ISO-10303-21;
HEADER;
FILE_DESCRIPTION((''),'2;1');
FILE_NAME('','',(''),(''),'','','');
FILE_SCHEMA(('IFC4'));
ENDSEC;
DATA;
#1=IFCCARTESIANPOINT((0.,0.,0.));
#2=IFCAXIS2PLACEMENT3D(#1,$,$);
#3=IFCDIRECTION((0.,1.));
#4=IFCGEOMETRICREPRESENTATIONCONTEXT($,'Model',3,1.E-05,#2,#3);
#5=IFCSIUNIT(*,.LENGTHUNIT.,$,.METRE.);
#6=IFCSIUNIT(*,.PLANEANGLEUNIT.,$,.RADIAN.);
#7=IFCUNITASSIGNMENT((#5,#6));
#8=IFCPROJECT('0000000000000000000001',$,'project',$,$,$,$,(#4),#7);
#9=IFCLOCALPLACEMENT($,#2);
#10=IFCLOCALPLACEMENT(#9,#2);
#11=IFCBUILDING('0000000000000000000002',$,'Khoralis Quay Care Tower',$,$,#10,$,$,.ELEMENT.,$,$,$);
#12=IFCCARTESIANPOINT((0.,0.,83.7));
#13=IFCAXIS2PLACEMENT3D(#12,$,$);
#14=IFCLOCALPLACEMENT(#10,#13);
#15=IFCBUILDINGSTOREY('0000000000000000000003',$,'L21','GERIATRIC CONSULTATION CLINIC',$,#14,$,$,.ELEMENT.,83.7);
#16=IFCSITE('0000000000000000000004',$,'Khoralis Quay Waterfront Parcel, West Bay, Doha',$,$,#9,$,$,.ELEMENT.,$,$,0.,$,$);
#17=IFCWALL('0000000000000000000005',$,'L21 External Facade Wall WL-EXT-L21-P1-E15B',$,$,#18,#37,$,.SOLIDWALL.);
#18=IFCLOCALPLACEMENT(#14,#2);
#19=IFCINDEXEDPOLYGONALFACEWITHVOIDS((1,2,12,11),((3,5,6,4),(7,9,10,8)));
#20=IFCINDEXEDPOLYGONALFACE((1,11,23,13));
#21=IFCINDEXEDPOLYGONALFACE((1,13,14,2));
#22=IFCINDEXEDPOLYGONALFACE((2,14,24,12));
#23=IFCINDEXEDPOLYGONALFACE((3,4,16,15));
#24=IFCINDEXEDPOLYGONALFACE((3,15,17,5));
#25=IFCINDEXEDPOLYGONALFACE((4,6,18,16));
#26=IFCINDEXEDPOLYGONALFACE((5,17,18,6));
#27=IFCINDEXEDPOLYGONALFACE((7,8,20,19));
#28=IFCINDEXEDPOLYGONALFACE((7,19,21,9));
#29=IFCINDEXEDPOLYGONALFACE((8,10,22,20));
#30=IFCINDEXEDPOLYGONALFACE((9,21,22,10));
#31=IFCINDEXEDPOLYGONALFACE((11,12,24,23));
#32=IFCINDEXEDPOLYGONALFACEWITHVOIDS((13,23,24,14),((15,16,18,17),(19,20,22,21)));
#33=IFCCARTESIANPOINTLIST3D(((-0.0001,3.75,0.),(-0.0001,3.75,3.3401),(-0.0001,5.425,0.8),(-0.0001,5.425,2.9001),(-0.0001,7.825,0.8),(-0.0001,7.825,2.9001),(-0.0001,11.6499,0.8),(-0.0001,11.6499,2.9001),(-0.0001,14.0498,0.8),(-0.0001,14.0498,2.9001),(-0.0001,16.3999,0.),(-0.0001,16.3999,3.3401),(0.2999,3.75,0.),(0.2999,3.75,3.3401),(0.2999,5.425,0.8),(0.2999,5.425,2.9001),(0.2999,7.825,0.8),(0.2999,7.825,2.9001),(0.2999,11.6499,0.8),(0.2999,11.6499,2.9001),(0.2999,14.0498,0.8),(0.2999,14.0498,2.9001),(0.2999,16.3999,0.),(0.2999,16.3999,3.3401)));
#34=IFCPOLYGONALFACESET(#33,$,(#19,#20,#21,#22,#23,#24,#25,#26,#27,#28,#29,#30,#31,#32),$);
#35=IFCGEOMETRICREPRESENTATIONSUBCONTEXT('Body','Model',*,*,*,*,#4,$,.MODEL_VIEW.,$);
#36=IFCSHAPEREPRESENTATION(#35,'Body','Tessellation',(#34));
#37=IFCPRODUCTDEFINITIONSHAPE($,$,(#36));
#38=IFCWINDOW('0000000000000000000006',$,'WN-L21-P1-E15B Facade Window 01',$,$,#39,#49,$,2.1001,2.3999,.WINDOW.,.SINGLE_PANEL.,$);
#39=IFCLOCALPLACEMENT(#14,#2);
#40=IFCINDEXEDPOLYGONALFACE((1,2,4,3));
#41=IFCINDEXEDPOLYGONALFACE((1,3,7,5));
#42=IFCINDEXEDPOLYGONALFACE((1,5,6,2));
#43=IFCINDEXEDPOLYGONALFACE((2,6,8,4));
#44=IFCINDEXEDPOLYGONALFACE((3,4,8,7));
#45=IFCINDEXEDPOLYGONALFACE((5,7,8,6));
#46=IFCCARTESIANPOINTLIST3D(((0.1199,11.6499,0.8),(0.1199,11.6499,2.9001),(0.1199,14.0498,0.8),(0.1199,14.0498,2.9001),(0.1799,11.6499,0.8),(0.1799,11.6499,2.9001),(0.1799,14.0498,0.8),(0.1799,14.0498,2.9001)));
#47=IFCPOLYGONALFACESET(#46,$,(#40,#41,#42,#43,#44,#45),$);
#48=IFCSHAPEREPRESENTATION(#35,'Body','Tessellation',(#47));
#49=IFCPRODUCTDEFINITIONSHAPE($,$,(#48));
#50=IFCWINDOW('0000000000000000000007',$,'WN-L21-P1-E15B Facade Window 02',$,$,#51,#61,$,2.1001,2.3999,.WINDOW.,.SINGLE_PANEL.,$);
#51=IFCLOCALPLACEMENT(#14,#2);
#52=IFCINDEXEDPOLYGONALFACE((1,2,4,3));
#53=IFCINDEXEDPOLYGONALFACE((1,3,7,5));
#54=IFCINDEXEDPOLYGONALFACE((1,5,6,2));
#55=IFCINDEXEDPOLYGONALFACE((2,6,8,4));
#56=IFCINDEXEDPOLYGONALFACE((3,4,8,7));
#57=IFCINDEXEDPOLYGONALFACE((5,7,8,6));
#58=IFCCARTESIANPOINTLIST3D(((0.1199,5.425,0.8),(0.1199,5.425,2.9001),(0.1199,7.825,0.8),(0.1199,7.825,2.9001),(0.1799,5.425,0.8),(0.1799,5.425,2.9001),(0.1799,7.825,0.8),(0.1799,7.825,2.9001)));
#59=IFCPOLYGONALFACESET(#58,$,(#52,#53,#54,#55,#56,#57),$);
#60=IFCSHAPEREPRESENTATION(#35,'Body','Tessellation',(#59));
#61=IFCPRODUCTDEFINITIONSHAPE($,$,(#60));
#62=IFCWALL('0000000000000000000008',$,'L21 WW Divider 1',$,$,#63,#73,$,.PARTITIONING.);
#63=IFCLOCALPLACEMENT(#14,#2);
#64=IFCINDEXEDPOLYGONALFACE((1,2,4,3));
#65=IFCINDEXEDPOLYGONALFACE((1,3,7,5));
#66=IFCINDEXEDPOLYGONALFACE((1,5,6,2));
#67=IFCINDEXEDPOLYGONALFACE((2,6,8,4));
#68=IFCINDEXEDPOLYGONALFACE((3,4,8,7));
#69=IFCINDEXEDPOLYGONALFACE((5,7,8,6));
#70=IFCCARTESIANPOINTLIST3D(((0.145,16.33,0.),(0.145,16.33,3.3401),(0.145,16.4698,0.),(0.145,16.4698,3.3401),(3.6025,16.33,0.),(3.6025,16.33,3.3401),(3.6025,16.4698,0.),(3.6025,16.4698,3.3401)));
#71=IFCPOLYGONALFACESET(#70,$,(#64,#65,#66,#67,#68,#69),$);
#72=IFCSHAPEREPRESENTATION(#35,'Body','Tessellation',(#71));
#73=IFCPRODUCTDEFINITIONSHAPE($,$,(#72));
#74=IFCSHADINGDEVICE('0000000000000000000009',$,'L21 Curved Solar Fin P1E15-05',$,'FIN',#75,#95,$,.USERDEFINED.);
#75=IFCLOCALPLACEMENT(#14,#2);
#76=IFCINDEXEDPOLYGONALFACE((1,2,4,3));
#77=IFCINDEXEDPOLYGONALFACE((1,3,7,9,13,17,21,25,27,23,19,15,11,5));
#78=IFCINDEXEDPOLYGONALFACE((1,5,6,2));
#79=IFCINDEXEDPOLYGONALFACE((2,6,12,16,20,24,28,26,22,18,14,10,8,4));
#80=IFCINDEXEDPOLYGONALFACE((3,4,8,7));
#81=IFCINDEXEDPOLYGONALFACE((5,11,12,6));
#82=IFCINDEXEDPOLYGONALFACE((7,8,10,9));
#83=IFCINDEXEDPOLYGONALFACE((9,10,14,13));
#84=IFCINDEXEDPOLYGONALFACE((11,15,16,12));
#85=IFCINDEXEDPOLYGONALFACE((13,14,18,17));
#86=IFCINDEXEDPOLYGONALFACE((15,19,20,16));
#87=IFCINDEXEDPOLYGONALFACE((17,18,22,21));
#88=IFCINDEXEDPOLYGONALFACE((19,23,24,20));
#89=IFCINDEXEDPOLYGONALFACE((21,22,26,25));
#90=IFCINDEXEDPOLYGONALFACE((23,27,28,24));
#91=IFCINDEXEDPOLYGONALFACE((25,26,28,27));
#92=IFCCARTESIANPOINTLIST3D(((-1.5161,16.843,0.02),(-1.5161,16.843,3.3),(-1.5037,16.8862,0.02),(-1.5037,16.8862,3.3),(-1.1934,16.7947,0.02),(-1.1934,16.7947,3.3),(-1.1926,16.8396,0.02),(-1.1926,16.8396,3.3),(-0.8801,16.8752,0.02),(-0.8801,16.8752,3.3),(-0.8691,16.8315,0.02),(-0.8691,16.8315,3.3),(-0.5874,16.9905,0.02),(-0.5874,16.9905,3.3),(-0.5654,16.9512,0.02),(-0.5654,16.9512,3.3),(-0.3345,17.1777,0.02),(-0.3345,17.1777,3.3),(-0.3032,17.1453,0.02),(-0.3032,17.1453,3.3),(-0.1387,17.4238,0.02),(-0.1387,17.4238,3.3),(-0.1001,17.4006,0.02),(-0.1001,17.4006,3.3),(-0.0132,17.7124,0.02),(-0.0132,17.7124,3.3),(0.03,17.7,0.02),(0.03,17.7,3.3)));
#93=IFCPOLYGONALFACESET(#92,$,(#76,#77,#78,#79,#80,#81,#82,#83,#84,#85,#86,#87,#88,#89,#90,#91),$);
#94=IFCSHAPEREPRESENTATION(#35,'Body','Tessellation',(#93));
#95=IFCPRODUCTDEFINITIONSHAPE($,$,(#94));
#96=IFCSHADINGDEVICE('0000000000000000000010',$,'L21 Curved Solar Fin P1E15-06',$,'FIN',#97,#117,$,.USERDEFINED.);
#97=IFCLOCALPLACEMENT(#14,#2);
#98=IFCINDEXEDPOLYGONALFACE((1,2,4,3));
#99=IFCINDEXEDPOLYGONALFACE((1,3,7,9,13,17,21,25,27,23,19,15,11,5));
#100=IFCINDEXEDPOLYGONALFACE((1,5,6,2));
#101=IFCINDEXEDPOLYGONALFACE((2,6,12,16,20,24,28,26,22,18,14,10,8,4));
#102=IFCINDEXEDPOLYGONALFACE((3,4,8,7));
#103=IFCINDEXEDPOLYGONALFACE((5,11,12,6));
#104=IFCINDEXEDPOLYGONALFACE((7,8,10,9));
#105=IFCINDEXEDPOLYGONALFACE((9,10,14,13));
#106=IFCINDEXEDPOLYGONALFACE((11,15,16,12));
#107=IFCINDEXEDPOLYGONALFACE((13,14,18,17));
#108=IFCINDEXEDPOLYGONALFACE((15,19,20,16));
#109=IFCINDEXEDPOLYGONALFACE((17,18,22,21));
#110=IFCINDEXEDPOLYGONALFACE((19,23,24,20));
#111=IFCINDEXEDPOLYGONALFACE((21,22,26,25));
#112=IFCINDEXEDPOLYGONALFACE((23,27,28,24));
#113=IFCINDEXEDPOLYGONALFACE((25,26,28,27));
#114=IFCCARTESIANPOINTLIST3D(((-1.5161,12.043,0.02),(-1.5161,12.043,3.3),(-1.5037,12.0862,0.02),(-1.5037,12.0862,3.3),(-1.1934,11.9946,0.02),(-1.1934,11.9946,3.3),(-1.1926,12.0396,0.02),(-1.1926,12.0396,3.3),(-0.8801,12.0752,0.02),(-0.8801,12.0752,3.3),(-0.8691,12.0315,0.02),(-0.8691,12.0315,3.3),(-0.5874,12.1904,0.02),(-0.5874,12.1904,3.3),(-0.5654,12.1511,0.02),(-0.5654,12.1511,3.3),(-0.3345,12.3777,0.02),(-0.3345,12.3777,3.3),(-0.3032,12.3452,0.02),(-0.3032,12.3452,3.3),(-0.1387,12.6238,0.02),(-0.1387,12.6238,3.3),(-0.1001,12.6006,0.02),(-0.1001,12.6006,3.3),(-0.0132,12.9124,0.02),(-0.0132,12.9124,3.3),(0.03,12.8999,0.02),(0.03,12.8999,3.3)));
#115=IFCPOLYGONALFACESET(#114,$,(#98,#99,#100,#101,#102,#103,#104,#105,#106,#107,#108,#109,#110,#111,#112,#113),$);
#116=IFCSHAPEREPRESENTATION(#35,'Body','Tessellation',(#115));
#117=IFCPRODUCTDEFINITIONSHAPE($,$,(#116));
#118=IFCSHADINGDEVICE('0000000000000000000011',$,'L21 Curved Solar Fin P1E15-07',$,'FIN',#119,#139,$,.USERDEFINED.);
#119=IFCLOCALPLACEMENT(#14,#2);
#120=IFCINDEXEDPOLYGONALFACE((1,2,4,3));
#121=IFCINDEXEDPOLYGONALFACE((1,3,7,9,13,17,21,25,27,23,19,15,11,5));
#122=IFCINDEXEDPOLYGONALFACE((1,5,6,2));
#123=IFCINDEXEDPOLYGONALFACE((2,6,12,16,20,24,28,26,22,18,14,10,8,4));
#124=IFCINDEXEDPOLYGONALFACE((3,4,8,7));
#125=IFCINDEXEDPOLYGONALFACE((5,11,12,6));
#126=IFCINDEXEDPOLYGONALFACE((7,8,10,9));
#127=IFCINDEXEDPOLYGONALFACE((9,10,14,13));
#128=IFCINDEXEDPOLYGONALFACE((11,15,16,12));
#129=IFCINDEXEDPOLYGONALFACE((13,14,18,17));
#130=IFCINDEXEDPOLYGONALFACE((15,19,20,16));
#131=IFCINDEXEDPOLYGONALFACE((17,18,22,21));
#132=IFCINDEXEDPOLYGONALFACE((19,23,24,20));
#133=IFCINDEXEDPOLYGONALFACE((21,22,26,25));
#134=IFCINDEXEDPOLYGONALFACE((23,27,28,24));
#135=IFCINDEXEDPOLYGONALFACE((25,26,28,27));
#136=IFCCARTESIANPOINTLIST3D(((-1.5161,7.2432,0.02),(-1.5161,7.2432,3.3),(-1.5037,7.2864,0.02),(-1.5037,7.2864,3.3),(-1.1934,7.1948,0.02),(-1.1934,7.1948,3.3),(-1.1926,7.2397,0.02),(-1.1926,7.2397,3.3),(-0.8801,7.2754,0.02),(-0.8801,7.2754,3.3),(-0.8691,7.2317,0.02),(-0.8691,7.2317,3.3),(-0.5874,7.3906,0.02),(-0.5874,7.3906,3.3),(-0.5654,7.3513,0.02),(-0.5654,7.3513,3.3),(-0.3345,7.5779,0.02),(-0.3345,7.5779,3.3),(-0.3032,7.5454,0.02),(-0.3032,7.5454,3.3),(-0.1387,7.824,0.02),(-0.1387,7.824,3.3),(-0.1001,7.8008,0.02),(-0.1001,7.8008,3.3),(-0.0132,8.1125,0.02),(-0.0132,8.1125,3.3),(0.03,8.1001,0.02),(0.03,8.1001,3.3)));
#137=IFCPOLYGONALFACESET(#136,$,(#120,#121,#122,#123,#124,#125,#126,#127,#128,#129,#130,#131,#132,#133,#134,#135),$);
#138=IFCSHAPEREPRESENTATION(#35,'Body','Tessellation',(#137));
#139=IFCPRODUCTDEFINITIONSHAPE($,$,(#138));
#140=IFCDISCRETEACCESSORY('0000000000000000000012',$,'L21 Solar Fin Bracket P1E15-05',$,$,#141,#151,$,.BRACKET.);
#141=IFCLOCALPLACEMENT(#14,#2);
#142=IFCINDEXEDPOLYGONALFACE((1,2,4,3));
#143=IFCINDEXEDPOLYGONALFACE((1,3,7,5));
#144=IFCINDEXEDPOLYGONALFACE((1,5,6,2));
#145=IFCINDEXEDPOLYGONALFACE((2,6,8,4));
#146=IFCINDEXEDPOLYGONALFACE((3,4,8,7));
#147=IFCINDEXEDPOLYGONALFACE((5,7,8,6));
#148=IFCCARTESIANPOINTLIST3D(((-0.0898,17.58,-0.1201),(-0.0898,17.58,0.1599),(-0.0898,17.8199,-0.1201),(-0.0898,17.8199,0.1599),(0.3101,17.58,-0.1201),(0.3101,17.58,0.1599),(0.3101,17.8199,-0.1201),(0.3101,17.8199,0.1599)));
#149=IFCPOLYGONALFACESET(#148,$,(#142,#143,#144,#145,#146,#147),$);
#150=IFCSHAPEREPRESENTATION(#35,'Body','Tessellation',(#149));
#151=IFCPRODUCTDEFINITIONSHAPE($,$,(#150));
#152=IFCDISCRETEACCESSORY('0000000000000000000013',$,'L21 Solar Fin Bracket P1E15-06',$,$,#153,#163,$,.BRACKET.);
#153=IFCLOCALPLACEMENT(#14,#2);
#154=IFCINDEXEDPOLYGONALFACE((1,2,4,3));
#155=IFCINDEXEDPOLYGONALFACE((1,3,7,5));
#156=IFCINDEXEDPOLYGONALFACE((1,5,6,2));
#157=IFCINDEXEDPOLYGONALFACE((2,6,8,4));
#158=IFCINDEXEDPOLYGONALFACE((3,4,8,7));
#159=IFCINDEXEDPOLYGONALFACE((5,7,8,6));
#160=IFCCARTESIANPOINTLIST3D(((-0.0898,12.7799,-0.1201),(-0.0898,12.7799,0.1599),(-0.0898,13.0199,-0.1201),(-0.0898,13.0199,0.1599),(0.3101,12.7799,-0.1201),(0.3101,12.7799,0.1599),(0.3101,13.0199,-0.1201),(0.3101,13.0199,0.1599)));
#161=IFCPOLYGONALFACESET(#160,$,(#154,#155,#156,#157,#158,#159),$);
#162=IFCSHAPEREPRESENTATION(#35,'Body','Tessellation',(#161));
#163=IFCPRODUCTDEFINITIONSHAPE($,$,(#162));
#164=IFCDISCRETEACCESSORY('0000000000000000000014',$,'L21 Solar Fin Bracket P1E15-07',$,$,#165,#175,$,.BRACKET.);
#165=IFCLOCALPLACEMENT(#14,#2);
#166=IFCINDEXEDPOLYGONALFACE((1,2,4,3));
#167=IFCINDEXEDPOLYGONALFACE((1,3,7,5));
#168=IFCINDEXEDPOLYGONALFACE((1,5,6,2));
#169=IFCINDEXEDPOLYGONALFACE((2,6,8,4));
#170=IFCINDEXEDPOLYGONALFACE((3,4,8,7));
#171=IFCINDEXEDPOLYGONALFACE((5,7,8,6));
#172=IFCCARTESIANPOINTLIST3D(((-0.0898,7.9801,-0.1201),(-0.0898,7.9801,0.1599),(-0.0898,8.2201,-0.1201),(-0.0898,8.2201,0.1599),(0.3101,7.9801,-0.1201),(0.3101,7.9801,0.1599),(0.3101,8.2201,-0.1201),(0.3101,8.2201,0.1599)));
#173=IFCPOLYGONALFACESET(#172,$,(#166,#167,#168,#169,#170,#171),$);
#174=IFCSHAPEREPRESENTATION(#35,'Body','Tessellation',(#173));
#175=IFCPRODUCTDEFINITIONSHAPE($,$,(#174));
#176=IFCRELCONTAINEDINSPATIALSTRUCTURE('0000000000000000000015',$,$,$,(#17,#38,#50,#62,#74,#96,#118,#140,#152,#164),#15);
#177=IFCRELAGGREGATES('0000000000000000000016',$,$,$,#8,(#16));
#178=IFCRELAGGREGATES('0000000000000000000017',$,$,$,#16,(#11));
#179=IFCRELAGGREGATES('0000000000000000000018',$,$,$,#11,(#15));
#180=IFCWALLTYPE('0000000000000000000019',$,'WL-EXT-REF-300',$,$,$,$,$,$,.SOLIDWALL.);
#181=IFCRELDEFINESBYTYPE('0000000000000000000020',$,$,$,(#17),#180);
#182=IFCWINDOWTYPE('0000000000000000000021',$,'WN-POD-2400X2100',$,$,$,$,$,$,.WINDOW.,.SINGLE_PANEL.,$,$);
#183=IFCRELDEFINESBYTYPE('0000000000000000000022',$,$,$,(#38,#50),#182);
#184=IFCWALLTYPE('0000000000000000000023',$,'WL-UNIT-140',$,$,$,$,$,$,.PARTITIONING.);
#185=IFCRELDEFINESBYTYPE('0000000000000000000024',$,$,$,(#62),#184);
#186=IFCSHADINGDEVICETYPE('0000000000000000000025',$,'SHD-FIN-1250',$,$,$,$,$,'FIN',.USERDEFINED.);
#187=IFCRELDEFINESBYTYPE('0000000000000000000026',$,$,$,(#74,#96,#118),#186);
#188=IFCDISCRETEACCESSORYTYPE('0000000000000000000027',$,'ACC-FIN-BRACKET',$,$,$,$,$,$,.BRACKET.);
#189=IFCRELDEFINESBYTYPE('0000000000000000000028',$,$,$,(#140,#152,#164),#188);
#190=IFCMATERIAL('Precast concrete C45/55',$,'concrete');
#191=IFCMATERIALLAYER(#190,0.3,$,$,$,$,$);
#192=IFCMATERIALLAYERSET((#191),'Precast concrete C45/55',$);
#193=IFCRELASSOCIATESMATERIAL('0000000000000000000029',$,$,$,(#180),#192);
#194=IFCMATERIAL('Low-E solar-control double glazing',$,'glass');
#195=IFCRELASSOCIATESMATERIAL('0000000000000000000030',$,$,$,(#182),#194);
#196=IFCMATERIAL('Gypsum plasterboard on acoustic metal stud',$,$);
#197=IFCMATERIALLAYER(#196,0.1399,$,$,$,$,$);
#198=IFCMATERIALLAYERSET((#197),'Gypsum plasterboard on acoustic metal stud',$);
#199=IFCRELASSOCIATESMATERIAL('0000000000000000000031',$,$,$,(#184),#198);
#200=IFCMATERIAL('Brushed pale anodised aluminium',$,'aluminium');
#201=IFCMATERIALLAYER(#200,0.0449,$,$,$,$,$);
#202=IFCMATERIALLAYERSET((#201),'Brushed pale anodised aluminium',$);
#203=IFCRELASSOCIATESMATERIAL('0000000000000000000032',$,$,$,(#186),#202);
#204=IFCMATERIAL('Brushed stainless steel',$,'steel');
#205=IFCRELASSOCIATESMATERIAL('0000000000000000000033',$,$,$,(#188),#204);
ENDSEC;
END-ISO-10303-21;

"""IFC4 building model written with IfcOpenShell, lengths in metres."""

from ifc_helpers import new_model, si_unit, direction, frame, frame_2d, origin, origin_2d, place, context, subcontext, project, spatial, polyline, rectangle, outline, extrude, source, transform, mapped, material, layer, layer_set, type_object, element, fill, save


model = new_model("IFC4")

# Units and contexts
model_context = context("Model", 3, precision=1e-05, world=origin(), true_north=direction((0.0, 1.0)))
body_context = subcontext(model_context, "Body", "Model", "MODEL_VIEW")
ifc_project = project(units=[si_unit("LENGTHUNIT", "METRE"), si_unit("PLANEANGLEUNIT", "RADIAN")], contexts=[model_context])

# Site, building, storey
site_placement = place(None, origin())
site = spatial("IfcSite", under=ifc_project, at=site_placement, Name="Khoralis Quay Waterfront Parcel, West Bay, Doha", CompositionType="ELEMENT", RefElevation=0.0)
building_placement = place(site_placement, origin())
building = spatial("IfcBuilding", under=site, at=building_placement, Name="Khoralis Quay Care Tower", CompositionType="ELEMENT")
storey_placement = place(building_placement, frame((0.0, 0.0, 83.7)))
storey = spatial("IfcBuildingStorey", under=building, at=storey_placement, Name="L21", Description="GERIATRIC CONSULTATION CLINIC", CompositionType="ELEMENT", Elevation=83.7)

# Shared definitions
ifc_material_1 = material(Name="Low-E solar-control double glazing", Category="glass")

# Shared definitions
ifc_material_2 = material(Name="Gypsum plasterboard on acoustic metal stud")

# Wall, openings, windows
ifc_material_3 = material(Name="Precast concrete C45/55", Category="concrete")
ifc_layer_1 = layer(ifc_material_3, 0.3)
ifc_layer_set_1 = layer_set([ifc_layer_1], Name="Precast concrete C45/55")
wall_type_1 = type_object("IfcWallType", Name="WL-EXT-REF-300", PredefinedType="SOLIDWALL", material=ifc_layer_set_1)
wall_1_placement = place(storey_placement, frame((0.1499, 16.3999, 0.0), z_axis=(0.0, 0.0, 1.0), x_axis=(0.0, -1.0, 0.0)))
wall_1 = element("IfcWall", 1, at=wall_1_placement, inside=storey, type_object=wall_type_1, Name="L21 External Facade Wall WL-EXT-L21-P1-E15B", PredefinedType="SOLIDWALL", context=body_context, shape_type="SweptSolid", body=[
    extrude(rectangle(XDim=12.6499, YDim=0.3, at=frame_2d((6.325, 0.0))), origin(), (0.0, 0.0, 1.0), 3.3401),
])
opening_1_placement = place(wall_1_placement, frame((2.3501, 0.0, 0.8)))
opening_1 = element("IfcOpeningElement", 2, at=opening_1_placement, cuts=wall_1, PredefinedType="OPENING", context=body_context, shape_type="SweptSolid", body=[
    extrude(rectangle(XDim=2.3999, YDim=2.1001, at=frame_2d((1.2, 1.05))), frame((0.0, 0.1602, 0.0), z_axis=(0.0, -1.0, 0.0), x_axis=(1.0, 0.0, 0.0)), (0.0, 0.0, 1.0), 0.3201),
])
opening_2_placement = place(wall_1_placement, frame((8.575, 0.0, 0.8)))
opening_2 = element("IfcOpeningElement", 3, at=opening_2_placement, cuts=wall_1, PredefinedType="OPENING", context=body_context, shape_type="SweptSolid", body=[
    extrude(rectangle(XDim=2.3999, YDim=2.1001, at=frame_2d((1.2, 1.05))), frame((0.0, 0.1602, 0.0), z_axis=(0.0, -1.0, 0.0), x_axis=(1.0, 0.0, 0.0)), (0.0, 0.0, 1.0), 0.3201),
])
window_type = type_object("IfcWindowType", Name="WN-POD-2400X2100", PartitioningType="SINGLE_PANEL", PredefinedType="WINDOW", material=ifc_material_1)
shared_shape_1 = source(origin(), body_context, "Body", "SweptSolid", [
    extrude(rectangle(XDim=2.3999, YDim=2.1001, at=frame_2d((1.2, 1.05))), frame((0.0, 0.03, 0.0), z_axis=(0.0, -1.0, 0.0), x_axis=(1.0, 0.0, 0.0)), (0.0, 0.0, 1.0), 0.0601),
])
window_1_placement = place(opening_1_placement, origin())
window_1 = element("IfcWindow", 4, at=window_1_placement, inside=storey, type_object=window_type, Name="WN-L21-P1-E15B Facade Window 01", OverallHeight=2.1001, OverallWidth=2.3999, PartitioningType="SINGLE_PANEL", PredefinedType="WINDOW", context=body_context, shape_type="MappedRepresentation", body=[
    mapped(shared_shape_1, transform((0.0, 0.0, 0.0), scale=1.0)),
])
fill(opening_1, window_1)
window_2_placement = place(opening_2_placement, origin())
window_2 = element("IfcWindow", 5, at=window_2_placement, inside=storey, type_object=window_type, Name="WN-L21-P1-E15B Facade Window 02", OverallHeight=2.1001, OverallWidth=2.3999, PartitioningType="SINGLE_PANEL", PredefinedType="WINDOW", context=body_context, shape_type="MappedRepresentation", body=[
    mapped(shared_shape_1, transform((0.0, 0.0, 0.0), scale=1.0)),
])
fill(opening_2, window_2)

# Wall
ifc_layer_2 = layer(ifc_material_2, 0.1399)
ifc_layer_set_2 = layer_set([ifc_layer_2], Name="Gypsum plasterboard on acoustic metal stud")
wall_type_2 = type_object("IfcWallType", Name="WL-UNIT-140", PredefinedType="PARTITIONING", material=ifc_layer_set_2)
wall_2_placement = place(storey_placement, frame((0.145, 16.3999, 0.0), z_axis=(0.0, 0.0, 1.0), x_axis=(1.0, 0.0, 0.0)))
element("IfcWall", 6, at=wall_2_placement, inside=storey, type_object=wall_type_2, Name="L21 WW Divider 1", PredefinedType="PARTITIONING", context=body_context, shape_type="SweptSolid", body=[
    extrude(rectangle(XDim=3.4575, YDim=0.1399, at=frame_2d((1.7288, 0.0))), origin(), (0.0, 0.0, 1.0), 3.3401),
])

# Shading devices
ifc_material_4 = material(Name="Brushed pale anodised aluminium", Category="aluminium")
ifc_layer_3 = layer(ifc_material_4, 0.0449)
ifc_layer_set_3 = layer_set([ifc_layer_3], Name="Brushed pale anodised aluminium")
shading_device_type = type_object("IfcShadingDeviceType", Name="SHD-FIN-1250", ElementType="FIN", PredefinedType="USERDEFINED", material=ifc_layer_set_3)
shared_shape_2 = source(origin(), body_context, "Body", "SweptSolid", [
    extrude(outline(polyline([(0.0, 0.0), (0.1301, 0.2993), (0.3333, 0.5547), (0.5955, 0.7488), (0.8992, 0.8684), (1.2234, 0.9053), (1.5461, 0.8569), (1.5337, 0.8137), (1.2227, 0.8604), (0.9102, 0.8247), (0.6174, 0.7095), (0.3645, 0.5222), (0.1687, 0.2761), (0.0432, -0.0125), (0.0, 0.0)])), origin(), (0.0, 0.0, 1.0), 3.28),
])
for number, where, z_axis, x_axis, name in (
    (7, (0.03, 17.7, 0.02), (0.0, 0.0, 1.0), (-1.0, 0.0, 0.0), "L21 Curved Solar Fin P1E15-05"),
    (8, (0.03, 12.8999, 0.02), (0.0, 0.0, 1.0), (-1.0, 0.0, 0.0), "L21 Curved Solar Fin P1E15-06"),
    (9, (0.03, 8.1001, 0.02), (0.0, 0.0, 1.0), (-1.0, 0.0, 0.0), "L21 Curved Solar Fin P1E15-07"),
):
    element("IfcShadingDevice", number, at=place(storey_placement, frame(where, z_axis=z_axis, x_axis=x_axis)), inside=storey, type_object=shading_device_type, Name=name, ObjectType="FIN", PredefinedType="USERDEFINED", context=body_context, shape_type="MappedRepresentation", body=[
        mapped(shared_shape_2, transform((0.0, 0.0, 0.0), scale=1.0)),
    ])

# Discrete accessories
ifc_material_5 = material(Name="Brushed stainless steel", Category="steel")
discrete_accessory_type = type_object("IfcDiscreteAccessoryType", Name="ACC-FIN-BRACKET", PredefinedType="BRACKET", material=ifc_material_5)
shared_shape_3 = source(origin(), body_context, "Body", "SweptSolid", [
    extrude(rectangle(XDim=0.3999, YDim=0.24, at=origin_2d()), origin(), (0.0, 0.0, 1.0), 0.28),
])
for number, where, z_axis, x_axis, name in (
    (10, (0.1101, 17.7, -0.1201), (0.0, 0.0, 1.0), (-1.0, 0.0, 0.0), "L21 Solar Fin Bracket P1E15-05"),
    (11, (0.1101, 12.8999, -0.1201), (0.0, 0.0, 1.0), (-1.0, 0.0, 0.0), "L21 Solar Fin Bracket P1E15-06"),
    (12, (0.1101, 8.1001, -0.1201), (0.0, 0.0, 1.0), (-1.0, 0.0, 0.0), "L21 Solar Fin Bracket P1E15-07"),
):
    element("IfcDiscreteAccessory", number, at=place(storey_placement, frame(where, z_axis=z_axis, x_axis=x_axis)), inside=storey, type_object=discrete_accessory_type, Name=name, PredefinedType="BRACKET", context=body_context, shape_type="MappedRepresentation", body=[
        mapped(shared_shape_3, transform((0.0, 0.0, 0.0), scale=1.0)),
    ])

save(model, "model.ifc")
